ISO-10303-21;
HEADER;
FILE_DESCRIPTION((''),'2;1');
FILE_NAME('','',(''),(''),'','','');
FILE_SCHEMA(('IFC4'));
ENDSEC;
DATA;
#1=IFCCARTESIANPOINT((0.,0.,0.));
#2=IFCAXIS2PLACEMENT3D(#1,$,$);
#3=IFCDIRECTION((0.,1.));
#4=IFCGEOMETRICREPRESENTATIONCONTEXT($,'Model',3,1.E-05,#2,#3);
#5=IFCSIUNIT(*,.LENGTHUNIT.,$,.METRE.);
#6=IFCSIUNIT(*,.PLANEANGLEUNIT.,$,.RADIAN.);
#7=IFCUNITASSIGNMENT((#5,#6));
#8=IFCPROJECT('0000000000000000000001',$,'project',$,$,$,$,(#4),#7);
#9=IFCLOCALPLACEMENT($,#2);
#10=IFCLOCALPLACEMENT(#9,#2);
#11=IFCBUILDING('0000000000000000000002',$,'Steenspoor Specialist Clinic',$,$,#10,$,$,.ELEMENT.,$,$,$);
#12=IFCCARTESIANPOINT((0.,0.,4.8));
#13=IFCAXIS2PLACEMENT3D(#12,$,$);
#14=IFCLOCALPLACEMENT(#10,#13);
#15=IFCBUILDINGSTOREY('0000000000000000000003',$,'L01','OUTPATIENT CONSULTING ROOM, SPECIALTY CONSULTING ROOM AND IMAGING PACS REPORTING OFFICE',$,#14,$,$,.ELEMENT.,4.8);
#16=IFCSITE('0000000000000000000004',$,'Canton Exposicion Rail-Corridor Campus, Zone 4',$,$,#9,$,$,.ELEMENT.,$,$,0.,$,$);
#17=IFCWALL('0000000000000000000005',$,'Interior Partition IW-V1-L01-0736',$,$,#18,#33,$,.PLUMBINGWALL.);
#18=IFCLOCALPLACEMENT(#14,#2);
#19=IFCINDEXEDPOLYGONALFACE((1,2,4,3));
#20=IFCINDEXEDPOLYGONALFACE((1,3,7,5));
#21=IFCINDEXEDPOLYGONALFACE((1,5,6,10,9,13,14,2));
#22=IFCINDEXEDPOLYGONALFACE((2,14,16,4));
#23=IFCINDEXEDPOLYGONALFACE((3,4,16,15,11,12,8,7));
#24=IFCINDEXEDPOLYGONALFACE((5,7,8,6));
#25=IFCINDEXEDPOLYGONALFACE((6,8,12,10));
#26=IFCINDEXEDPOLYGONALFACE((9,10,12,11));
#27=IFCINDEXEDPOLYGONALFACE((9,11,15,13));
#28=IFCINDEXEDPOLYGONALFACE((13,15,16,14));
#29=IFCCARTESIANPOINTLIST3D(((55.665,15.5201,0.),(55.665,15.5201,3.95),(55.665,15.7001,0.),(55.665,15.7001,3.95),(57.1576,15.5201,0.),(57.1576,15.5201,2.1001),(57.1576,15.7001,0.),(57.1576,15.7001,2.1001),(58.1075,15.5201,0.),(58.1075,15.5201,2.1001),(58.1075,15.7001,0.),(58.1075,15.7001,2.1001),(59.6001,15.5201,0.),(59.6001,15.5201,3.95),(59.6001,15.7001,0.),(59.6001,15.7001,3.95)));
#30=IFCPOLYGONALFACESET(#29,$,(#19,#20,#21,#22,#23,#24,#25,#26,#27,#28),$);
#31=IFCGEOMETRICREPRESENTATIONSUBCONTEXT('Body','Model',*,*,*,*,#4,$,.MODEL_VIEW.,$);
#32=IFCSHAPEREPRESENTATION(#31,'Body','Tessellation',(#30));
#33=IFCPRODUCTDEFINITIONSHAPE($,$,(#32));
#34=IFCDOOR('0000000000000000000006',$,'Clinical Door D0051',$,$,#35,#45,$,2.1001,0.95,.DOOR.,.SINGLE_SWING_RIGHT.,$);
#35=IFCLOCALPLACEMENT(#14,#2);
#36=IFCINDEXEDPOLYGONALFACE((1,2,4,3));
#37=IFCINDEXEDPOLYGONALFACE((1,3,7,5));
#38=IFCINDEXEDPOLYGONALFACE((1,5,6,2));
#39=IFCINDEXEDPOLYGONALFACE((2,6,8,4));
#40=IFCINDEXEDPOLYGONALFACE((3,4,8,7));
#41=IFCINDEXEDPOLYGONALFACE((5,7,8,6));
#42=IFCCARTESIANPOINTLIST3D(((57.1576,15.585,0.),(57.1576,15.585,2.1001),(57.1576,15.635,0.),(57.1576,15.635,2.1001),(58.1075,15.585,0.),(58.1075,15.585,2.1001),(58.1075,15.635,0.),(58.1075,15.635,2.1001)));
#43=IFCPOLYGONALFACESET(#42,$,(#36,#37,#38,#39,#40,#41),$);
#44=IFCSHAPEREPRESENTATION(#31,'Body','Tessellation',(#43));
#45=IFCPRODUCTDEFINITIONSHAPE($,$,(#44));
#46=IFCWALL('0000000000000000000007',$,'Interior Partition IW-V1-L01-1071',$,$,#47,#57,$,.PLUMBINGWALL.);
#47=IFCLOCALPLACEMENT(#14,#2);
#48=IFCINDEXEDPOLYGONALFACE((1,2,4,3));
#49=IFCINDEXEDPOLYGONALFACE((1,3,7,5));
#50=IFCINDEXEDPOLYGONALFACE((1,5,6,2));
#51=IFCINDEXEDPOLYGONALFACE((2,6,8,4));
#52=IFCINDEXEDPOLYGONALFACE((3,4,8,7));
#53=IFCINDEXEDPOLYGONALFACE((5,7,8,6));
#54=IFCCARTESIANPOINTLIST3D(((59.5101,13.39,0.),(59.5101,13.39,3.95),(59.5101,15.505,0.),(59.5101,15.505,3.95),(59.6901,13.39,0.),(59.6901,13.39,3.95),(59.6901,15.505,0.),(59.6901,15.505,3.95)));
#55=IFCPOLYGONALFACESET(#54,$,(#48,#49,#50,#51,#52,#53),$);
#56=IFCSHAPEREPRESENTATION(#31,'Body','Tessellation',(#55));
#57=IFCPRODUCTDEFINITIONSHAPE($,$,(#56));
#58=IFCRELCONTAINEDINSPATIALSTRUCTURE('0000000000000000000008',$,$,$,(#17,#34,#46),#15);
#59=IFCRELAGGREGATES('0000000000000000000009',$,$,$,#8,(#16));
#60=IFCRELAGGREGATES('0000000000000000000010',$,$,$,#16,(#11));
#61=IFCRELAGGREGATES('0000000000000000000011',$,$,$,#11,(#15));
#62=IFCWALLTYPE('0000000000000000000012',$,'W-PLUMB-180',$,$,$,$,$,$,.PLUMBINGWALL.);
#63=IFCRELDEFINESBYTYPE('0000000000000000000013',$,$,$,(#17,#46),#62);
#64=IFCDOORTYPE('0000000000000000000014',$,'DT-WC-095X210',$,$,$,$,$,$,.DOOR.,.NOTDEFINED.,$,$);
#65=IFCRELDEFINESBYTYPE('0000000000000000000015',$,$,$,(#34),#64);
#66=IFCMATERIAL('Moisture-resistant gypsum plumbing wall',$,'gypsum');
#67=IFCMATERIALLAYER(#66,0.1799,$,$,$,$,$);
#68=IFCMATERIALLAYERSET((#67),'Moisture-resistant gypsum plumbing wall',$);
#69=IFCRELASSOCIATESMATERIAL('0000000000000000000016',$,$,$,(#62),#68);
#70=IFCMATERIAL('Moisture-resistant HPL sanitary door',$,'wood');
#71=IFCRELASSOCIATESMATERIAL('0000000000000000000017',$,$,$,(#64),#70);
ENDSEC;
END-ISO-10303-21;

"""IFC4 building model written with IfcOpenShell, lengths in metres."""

from ifc_helpers import new_model, si_unit, direction, frame, frame_2d, origin, place, context, subcontext, project, spatial, rectangle, extrude, material, layer, layer_set, type_object, element, fill, save


model = new_model("IFC4")

# Units and contexts
model_context = context("Model", 3, precision=1e-05, world=origin(), true_north=direction((0.0, 1.0)))
body_context = subcontext(model_context, "Body", "Model", "MODEL_VIEW")
ifc_project = project(units=[si_unit("LENGTHUNIT", "METRE"), si_unit("PLANEANGLEUNIT", "RADIAN")], contexts=[model_context])

# Site, building, storey
site_placement = place(None, origin())
site = spatial("IfcSite", under=ifc_project, at=site_placement, Name="Canton Exposicion Rail-Corridor Campus, Zone 4", CompositionType="ELEMENT", RefElevation=0.0)
building_placement = place(site_placement, origin())
building = spatial("IfcBuilding", under=site, at=building_placement, Name="Steenspoor Specialist Clinic", CompositionType="ELEMENT")
storey_placement = place(building_placement, frame((0.0, 0.0, 4.8)))
storey = spatial("IfcBuildingStorey", under=building, at=storey_placement, Name="L01", Description="OUTPATIENT CONSULTING ROOM, SPECIALTY CONSULTING ROOM AND IMAGING PACS REPORTING OFFICE", CompositionType="ELEMENT", Elevation=4.8)

# Wall, opening, door
ifc_material_1 = material(Name="Moisture-resistant gypsum plumbing wall", Category="gypsum")
ifc_layer_1 = layer(ifc_material_1, 0.1799)
ifc_layer_set_1 = layer_set([ifc_layer_1], Name="Moisture-resistant gypsum plumbing wall")
wall_type_1 = type_object("IfcWallType", Name="W-PLUMB-180", PredefinedType="PLUMBINGWALL", material=ifc_layer_set_1)
wall_1_placement = place(storey_placement, frame((55.665, 15.6101, 0.0), z_axis=(0.0, 0.0, 1.0), x_axis=(1.0, 0.0, 0.0)))
wall_1 = element("IfcWall", 1, at=wall_1_placement, inside=storey, type_object=wall_type_1, Name="Interior Partition IW-V1-L01-0736", PredefinedType="PLUMBINGWALL", context=body_context, shape_type="SweptSolid", body=[
    extrude(rectangle(XDim=3.9351, YDim=0.1799, at=frame_2d((1.9675, 0.0))), origin(), (0.0, 0.0, 1.0), 3.95),
])
opening_1_placement = place(wall_1_placement, frame((1.4924, 0.0, 0.0)))
opening_1 = element("IfcOpeningElement", 2, at=opening_1_placement, cuts=wall_1, PredefinedType="OPENING", context=body_context, shape_type="SweptSolid", body=[
    extrude(rectangle(XDim=0.95, YDim=2.1001, at=frame_2d((0.4751, 1.05))), frame((0.0, 0.1001, 0.0), z_axis=(0.0, -1.0, 0.0), x_axis=(1.0, 0.0, 0.0)), (0.0, 0.0, 1.0), 0.2),
])
ifc_material_2 = material(Name="Moisture-resistant HPL sanitary door", Category="wood")
door_type_1 = type_object("IfcDoorType", Name="DT-WC-095X210", OperationType="NOTDEFINED", PredefinedType="DOOR", material=ifc_material_2)
door_1_placement = place(opening_1_placement, origin())
door_1 = element("IfcDoor", 3, at=door_1_placement, inside=storey, type_object=door_type_1, Name="Clinical Door D0051", OperationType="SINGLE_SWING_RIGHT", OverallHeight=2.1001, OverallWidth=0.95, PredefinedType="DOOR", context=body_context, shape_type="SweptSolid", body=[
    extrude(rectangle(XDim=0.95, YDim=2.1001, at=frame_2d((0.4751, 1.05))), frame((0.0, 0.0249, 0.0), z_axis=(0.0, -1.0, 0.0), x_axis=(1.0, 0.0, 0.0)), (0.0, 0.0, 1.0), 0.05),
])
fill(opening_1, door_1)

# Wall
wall_2_placement = place(storey_placement, frame((59.6001, 13.3899, 0.0), z_axis=(0.0, 0.0, 1.0), x_axis=(0.0, 1.0, 0.0)))
element("IfcWall", 4, at=wall_2_placement, inside=storey, type_object=wall_type_1, Name="Interior Partition IW-V1-L01-1071", PredefinedType="PLUMBINGWALL", context=body_context, shape_type="SweptSolid", body=[
    extrude(rectangle(XDim=2.115, YDim=0.1799, at=frame_2d((1.0576, 0.0))), origin(), (0.0, 0.0, 1.0), 3.95),
])

save(model, "model.ifc")
